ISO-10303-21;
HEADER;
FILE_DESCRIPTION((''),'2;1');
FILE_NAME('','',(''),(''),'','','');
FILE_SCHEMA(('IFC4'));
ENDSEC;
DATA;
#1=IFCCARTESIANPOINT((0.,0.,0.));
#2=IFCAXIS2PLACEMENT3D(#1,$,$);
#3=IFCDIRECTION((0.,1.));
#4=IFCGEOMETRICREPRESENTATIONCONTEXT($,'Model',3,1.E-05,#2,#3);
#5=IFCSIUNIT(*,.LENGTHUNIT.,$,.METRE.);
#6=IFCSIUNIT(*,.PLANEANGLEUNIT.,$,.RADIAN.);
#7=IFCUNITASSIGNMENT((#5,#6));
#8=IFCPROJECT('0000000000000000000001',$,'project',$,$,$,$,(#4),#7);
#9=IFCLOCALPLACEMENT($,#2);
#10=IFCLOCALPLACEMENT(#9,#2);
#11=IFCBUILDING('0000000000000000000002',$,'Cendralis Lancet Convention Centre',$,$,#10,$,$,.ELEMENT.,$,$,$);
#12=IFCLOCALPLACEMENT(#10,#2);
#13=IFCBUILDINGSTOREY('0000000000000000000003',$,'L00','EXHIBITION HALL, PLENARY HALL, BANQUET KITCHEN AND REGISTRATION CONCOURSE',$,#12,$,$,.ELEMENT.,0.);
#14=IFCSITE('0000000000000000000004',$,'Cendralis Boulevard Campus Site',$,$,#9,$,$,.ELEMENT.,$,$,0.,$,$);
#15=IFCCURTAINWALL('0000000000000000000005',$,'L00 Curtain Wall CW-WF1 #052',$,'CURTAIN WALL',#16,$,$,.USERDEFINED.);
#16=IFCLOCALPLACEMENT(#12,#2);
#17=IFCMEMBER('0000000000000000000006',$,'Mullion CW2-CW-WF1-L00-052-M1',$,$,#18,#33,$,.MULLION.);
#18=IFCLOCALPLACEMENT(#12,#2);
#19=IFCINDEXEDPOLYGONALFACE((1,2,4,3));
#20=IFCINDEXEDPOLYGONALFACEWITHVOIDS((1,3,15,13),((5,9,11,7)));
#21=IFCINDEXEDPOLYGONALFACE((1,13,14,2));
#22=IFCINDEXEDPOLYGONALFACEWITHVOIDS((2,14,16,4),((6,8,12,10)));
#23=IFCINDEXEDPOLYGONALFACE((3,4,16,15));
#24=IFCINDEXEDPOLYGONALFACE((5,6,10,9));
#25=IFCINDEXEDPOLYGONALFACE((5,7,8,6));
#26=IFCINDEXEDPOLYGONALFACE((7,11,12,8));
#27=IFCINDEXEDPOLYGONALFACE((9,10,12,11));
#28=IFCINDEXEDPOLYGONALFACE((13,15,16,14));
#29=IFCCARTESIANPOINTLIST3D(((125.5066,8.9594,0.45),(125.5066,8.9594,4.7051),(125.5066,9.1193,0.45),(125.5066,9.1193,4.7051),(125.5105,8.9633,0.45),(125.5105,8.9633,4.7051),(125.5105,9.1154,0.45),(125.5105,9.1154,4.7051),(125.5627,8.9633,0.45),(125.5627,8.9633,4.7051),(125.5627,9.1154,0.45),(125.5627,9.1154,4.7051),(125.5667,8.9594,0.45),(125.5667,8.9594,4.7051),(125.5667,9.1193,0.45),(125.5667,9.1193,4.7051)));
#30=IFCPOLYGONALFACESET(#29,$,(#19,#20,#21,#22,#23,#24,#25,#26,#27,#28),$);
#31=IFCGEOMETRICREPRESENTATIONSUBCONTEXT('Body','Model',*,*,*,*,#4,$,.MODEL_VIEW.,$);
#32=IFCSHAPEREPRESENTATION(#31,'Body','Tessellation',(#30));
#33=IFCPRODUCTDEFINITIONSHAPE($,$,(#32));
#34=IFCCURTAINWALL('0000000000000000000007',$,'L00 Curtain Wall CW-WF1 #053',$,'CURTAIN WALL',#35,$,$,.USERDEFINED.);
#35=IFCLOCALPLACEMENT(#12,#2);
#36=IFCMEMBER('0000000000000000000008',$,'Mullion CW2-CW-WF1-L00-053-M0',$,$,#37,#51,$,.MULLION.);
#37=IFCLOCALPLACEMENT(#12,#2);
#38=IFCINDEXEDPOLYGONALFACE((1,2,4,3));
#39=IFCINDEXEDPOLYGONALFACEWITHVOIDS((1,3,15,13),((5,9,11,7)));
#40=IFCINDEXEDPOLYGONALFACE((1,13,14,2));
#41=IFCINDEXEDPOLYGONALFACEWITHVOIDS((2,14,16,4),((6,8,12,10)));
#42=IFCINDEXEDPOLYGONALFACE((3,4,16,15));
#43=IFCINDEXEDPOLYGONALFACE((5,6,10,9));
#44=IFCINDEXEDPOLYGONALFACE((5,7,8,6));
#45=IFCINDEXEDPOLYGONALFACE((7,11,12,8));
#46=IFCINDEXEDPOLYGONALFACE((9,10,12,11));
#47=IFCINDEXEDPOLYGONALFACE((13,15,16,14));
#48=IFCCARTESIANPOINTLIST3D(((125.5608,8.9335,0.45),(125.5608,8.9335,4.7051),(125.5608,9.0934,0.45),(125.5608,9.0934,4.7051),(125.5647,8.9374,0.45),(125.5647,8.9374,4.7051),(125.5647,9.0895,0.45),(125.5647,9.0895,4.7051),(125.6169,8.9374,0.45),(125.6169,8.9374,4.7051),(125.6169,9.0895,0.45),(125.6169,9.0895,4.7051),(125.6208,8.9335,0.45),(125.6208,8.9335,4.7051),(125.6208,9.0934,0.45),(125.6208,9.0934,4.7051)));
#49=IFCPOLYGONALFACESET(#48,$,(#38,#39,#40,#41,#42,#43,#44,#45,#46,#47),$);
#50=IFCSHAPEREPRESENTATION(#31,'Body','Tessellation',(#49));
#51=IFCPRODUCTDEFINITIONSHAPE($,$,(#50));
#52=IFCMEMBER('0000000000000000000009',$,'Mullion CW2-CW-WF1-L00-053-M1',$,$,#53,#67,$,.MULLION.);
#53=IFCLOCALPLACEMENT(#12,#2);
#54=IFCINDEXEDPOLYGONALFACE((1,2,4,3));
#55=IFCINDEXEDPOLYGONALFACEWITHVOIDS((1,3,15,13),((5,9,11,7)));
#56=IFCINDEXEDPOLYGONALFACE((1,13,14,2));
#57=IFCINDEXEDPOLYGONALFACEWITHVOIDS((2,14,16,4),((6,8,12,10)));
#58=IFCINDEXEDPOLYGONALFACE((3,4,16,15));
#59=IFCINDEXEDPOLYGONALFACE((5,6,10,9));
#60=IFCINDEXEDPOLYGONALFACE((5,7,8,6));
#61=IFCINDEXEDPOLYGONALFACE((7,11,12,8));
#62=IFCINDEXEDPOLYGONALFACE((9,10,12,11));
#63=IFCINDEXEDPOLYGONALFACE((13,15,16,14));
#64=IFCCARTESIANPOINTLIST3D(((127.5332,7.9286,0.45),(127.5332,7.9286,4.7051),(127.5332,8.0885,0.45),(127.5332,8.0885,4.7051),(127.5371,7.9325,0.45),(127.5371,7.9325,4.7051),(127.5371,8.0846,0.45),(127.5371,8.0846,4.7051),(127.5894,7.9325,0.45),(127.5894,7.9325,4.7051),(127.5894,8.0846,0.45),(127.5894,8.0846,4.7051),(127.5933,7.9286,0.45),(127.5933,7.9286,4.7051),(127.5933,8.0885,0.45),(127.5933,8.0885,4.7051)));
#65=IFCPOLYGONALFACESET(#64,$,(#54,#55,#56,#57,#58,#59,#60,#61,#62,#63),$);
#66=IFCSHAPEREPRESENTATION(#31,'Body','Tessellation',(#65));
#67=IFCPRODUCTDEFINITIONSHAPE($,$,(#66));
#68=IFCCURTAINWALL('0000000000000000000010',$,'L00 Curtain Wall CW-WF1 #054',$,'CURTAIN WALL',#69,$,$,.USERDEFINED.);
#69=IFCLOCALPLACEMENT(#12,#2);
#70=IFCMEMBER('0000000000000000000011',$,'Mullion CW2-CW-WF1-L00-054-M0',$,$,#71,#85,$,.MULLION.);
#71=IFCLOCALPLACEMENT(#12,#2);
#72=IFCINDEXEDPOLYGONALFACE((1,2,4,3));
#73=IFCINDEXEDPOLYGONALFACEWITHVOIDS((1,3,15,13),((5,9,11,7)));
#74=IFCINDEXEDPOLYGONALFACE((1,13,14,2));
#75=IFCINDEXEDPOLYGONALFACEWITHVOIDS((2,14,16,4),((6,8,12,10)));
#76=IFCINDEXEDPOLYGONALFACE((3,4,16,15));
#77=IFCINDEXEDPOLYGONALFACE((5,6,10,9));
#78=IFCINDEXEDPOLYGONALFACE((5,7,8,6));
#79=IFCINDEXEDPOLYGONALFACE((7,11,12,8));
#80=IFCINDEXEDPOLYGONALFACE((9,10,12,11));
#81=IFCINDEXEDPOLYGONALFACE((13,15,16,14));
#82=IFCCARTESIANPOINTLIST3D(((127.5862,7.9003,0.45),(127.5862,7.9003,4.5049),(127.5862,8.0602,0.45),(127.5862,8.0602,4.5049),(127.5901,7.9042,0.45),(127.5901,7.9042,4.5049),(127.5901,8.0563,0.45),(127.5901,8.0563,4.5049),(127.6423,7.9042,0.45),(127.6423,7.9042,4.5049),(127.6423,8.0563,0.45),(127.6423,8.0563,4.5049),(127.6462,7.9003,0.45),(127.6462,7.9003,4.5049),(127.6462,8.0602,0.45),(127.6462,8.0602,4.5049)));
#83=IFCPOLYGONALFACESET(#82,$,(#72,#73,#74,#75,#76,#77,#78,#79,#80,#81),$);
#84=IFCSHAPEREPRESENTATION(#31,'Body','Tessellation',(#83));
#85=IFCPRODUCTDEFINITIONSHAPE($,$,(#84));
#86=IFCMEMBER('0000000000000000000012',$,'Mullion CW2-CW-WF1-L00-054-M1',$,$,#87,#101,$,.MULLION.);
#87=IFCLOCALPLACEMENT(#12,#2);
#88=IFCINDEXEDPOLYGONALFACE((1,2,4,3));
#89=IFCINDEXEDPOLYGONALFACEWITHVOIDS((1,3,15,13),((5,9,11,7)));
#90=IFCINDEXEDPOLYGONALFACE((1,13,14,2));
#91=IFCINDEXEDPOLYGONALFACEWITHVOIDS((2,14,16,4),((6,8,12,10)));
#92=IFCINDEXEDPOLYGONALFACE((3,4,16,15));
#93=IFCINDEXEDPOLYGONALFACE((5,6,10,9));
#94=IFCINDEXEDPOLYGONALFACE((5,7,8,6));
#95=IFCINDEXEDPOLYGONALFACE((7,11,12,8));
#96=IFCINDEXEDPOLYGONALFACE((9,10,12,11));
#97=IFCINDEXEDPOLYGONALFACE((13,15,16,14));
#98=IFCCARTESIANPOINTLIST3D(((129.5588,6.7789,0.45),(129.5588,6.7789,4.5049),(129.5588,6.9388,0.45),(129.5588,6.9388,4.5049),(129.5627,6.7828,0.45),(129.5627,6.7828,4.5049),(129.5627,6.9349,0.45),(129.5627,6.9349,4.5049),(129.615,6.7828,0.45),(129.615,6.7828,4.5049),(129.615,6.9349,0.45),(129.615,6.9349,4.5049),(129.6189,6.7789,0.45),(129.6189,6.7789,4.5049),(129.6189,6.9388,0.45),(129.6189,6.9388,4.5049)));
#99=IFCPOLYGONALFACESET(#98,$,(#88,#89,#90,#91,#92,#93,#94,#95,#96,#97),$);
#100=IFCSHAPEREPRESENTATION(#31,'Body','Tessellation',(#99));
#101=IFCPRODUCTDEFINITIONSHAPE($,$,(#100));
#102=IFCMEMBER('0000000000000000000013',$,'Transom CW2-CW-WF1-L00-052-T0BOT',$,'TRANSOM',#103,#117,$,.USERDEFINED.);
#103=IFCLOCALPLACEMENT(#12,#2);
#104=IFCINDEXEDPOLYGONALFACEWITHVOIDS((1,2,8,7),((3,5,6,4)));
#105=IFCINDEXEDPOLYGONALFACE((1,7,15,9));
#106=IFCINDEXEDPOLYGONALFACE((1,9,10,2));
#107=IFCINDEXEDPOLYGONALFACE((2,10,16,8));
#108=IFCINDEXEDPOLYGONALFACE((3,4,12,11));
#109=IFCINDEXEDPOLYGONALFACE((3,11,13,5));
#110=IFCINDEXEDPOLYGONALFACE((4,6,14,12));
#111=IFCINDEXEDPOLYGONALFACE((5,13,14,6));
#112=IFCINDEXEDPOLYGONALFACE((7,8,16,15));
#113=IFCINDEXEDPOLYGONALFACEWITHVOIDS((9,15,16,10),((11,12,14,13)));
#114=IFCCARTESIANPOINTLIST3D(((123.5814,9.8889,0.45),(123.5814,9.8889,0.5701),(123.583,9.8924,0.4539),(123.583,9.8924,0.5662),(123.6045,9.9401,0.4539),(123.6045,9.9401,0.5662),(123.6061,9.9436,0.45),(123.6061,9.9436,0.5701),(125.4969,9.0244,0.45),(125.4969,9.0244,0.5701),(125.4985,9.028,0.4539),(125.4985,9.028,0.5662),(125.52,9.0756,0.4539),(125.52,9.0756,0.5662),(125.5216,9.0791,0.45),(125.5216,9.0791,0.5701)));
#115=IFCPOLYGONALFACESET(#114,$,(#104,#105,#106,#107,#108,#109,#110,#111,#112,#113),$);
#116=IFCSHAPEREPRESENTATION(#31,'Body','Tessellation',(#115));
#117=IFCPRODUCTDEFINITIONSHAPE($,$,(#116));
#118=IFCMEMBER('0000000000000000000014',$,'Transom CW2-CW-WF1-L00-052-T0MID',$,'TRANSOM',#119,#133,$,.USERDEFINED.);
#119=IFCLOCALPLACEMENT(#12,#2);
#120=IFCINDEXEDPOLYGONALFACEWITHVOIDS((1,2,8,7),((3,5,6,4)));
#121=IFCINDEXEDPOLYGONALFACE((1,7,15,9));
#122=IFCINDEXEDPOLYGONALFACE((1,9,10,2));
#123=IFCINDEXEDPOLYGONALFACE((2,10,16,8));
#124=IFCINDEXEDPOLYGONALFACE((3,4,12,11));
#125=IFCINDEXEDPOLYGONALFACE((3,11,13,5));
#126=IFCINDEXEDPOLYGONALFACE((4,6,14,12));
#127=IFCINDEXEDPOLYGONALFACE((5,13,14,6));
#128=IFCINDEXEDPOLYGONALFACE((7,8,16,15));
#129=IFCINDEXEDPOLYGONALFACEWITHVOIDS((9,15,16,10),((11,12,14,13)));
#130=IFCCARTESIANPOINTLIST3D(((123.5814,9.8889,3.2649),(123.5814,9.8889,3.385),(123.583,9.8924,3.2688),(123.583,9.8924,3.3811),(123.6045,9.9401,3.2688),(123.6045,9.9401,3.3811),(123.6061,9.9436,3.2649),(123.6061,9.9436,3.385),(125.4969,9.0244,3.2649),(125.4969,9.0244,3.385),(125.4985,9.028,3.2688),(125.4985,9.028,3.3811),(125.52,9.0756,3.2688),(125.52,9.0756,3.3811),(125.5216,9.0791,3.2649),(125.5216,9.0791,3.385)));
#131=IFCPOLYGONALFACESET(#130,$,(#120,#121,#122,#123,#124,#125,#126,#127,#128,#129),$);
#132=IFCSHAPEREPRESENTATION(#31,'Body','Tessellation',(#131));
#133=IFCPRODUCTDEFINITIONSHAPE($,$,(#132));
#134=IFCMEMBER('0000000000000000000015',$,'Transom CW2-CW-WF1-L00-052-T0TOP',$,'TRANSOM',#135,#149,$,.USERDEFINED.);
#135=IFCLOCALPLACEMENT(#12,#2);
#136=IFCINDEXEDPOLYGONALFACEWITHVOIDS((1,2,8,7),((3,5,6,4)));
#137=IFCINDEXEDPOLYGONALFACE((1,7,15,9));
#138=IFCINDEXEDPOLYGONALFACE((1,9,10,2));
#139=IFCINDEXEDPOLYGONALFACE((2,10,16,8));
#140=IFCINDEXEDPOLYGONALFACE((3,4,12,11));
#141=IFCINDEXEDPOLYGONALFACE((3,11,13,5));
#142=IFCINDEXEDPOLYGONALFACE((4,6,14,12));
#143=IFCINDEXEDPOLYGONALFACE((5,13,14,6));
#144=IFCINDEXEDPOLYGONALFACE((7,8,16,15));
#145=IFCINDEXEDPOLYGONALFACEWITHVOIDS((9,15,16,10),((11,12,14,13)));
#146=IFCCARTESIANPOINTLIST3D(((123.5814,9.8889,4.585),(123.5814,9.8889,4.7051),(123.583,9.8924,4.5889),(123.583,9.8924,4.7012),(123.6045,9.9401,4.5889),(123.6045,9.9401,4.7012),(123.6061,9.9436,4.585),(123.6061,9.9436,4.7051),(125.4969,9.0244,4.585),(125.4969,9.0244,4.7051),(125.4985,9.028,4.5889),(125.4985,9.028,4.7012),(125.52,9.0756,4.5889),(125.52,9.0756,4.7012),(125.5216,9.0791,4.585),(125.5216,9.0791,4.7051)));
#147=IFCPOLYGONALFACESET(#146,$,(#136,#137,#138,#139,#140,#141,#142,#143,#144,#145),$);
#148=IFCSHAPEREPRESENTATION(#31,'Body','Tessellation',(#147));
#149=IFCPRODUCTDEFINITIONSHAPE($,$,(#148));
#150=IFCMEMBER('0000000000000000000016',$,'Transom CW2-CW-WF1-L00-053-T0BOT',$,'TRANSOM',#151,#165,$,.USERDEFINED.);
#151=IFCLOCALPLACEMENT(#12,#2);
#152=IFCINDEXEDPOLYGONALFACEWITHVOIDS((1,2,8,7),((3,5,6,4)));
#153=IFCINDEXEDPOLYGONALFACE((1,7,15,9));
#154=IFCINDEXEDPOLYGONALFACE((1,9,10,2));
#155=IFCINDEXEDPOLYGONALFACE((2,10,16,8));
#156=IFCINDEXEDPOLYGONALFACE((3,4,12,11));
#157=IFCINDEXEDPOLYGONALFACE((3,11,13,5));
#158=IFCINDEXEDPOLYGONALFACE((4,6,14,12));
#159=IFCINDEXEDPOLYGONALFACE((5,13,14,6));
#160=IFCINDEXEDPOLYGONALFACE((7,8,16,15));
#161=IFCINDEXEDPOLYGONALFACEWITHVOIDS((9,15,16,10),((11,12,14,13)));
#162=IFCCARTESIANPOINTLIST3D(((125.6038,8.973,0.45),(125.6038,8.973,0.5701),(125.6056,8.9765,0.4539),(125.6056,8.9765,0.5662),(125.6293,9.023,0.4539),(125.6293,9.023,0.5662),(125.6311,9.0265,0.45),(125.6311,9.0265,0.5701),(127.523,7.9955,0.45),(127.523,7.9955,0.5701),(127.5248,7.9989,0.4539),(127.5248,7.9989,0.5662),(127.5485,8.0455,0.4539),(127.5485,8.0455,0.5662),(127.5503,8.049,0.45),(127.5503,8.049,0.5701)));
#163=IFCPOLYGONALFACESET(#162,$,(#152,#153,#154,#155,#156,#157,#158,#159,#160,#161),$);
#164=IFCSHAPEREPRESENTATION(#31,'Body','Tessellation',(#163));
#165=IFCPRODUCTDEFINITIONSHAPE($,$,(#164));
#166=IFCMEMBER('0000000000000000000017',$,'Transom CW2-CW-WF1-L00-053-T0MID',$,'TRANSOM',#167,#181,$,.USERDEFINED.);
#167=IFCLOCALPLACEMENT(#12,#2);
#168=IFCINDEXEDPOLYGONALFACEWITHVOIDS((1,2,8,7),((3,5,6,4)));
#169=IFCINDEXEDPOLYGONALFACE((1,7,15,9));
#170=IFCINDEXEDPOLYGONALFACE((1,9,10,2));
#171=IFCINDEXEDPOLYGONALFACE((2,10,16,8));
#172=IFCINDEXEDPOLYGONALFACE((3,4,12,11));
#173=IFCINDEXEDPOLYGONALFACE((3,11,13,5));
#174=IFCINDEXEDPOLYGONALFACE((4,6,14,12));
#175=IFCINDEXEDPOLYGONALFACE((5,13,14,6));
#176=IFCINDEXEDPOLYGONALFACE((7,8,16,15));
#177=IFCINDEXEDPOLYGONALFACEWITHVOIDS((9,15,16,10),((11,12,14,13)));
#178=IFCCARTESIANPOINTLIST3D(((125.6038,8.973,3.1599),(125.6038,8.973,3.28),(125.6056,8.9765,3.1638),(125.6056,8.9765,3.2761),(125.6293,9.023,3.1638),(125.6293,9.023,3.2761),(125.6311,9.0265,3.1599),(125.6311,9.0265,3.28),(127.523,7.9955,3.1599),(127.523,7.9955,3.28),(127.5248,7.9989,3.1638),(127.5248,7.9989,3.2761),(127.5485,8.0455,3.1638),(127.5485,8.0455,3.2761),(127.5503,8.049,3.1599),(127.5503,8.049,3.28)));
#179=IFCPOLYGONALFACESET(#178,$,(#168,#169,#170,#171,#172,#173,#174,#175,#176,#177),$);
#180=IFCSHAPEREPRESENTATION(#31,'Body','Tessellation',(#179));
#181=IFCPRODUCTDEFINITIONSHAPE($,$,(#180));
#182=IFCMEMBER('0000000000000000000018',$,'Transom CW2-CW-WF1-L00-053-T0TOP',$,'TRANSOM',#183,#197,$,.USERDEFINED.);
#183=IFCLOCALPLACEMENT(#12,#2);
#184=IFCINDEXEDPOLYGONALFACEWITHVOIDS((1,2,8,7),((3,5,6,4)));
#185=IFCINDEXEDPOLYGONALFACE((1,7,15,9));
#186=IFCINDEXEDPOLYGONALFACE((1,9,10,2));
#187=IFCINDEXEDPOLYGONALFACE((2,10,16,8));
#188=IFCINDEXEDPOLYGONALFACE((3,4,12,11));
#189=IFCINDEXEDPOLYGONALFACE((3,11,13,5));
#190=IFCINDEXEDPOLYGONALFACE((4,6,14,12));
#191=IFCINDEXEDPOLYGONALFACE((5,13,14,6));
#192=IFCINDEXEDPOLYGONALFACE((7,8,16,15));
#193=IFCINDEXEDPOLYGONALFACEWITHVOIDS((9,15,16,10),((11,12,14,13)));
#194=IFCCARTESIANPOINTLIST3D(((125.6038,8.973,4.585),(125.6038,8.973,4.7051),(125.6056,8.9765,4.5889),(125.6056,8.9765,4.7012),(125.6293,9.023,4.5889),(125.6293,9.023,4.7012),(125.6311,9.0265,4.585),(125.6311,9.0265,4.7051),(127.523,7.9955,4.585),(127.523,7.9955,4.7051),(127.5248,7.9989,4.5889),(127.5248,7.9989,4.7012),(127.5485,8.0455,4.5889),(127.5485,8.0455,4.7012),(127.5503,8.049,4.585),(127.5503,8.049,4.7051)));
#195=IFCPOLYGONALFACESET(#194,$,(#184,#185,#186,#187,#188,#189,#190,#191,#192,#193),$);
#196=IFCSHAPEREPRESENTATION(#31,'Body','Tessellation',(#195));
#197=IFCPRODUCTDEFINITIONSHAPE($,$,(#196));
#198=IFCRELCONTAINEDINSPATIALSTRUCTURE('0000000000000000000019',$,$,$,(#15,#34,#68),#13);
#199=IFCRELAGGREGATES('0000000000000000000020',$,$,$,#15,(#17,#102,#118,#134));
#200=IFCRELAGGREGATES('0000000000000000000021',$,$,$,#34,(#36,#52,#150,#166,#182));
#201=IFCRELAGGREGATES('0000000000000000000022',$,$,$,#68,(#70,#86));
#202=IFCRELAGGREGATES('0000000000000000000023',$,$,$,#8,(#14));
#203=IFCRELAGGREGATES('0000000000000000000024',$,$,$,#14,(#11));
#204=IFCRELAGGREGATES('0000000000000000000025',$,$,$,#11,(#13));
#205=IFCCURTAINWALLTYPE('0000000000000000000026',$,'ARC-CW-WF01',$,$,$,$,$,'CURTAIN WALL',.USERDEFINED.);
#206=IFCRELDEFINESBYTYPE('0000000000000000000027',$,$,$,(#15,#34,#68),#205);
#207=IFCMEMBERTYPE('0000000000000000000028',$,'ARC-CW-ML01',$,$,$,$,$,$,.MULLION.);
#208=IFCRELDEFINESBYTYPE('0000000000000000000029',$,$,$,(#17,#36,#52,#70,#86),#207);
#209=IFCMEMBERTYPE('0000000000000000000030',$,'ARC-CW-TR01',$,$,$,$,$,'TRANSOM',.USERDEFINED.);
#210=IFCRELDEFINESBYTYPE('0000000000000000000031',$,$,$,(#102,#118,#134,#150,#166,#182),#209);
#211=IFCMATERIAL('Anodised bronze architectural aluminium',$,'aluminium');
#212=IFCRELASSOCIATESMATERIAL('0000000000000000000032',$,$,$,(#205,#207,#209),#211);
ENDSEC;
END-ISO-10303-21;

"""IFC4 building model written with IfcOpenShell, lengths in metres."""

from ifc_helpers import new_model, si_unit, direction, frame, origin, origin_2d, place, context, subcontext, project, spatial, hollow_rectangle, extrude, material, material_profile, profile_set, type_object, element, aggregate, save


model = new_model("IFC4")

# Units and contexts
model_context = context("Model", 3, precision=1e-05, world=origin(), true_north=direction((0.0, 1.0)))
body_context = subcontext(model_context, "Body", "Model", "MODEL_VIEW")
ifc_project = project(units=[si_unit("LENGTHUNIT", "METRE"), si_unit("PLANEANGLEUNIT", "RADIAN")], contexts=[model_context])

# Site, building, storey
site_placement = place(None, origin())
site = spatial("IfcSite", under=ifc_project, at=site_placement, Name="Cendralis Boulevard Campus Site", CompositionType="ELEMENT", RefElevation=0.0)
building_placement = place(site_placement, origin())
building = spatial("IfcBuilding", under=site, at=building_placement, Name="Cendralis Lancet Convention Centre", CompositionType="ELEMENT")
storey_placement = place(building_placement, origin())
storey = spatial("IfcBuildingStorey", under=building, at=storey_placement, Name="L00", Description="EXHIBITION HALL, PLENARY HALL, BANQUET KITCHEN AND REGISTRATION CONCOURSE", CompositionType="ELEMENT", Elevation=0.0)

# Curtain walls, members
ifc_material_1 = material(Name="Anodised bronze architectural aluminium", Category="aluminium")
curtain_wall_type = type_object("IfcCurtainWallType", Name="ARC-CW-WF01", ElementType="CURTAIN WALL", PredefinedType="USERDEFINED", material=ifc_material_1)
curtain_wall_1_placement = place(storey_placement, origin())
curtain_wall_1 = element("IfcCurtainWall", 1, at=curtain_wall_1_placement, inside=storey, type_object=curtain_wall_type, Name="L00 Curtain Wall CW-WF1 #052", ObjectType="CURTAIN WALL", PredefinedType="USERDEFINED")
ifc_material_profile_1 = material_profile(ifc_material_1, hollow_rectangle(XDim=0.0601, YDim=0.1599, WallThickness=0.0039, at=origin_2d()), Name="AL-MULL 60x160x4.0")
ifc_profile_set_1 = profile_set([ifc_material_profile_1], Name="Anodised bronze architectural aluminium")
member_type_1 = type_object("IfcMemberType", Name="ARC-CW-ML01", PredefinedType="MULLION", material=ifc_profile_set_1)
member_1_placement = place(storey_placement, frame((125.5366, 9.0393, 0.45), z_axis=(0.0, 0.0, 1.0), x_axis=(1.0, 0.0, 0.0)))
member_1 = element("IfcMember", 2, at=member_1_placement, type_object=member_type_1, Name="Mullion CW2-CW-WF1-L00-052-M1", PredefinedType="MULLION", context=body_context, shape_type="SweptSolid", body=[
    extrude(hollow_rectangle(XDim=0.0601, YDim=0.1599, WallThickness=0.0039, at=origin_2d()), origin(), (0.0, 0.0, 1.0), 4.2551),
])
curtain_wall_2_placement = place(storey_placement, origin())
curtain_wall_2 = element("IfcCurtainWall", 3, at=curtain_wall_2_placement, inside=storey, type_object=curtain_wall_type, Name="L00 Curtain Wall CW-WF1 #053", ObjectType="CURTAIN WALL", PredefinedType="USERDEFINED")
member_2_placement = place(storey_placement, frame((125.5908, 9.0134, 0.45), z_axis=(0.0, 0.0, 1.0), x_axis=(1.0, 0.0, 0.0)))
member_2 = element("IfcMember", 4, at=member_2_placement, type_object=member_type_1, Name="Mullion CW2-CW-WF1-L00-053-M0", PredefinedType="MULLION", context=body_context, shape_type="SweptSolid", body=[
    extrude(hollow_rectangle(XDim=0.0601, YDim=0.1599, WallThickness=0.0039, at=origin_2d()), origin(), (0.0, 0.0, 1.0), 4.2551),
])
member_3_placement = place(storey_placement, frame((127.5632, 8.0085, 0.45), z_axis=(0.0, 0.0, 1.0), x_axis=(1.0, 0.0, 0.0)))
member_3 = element("IfcMember", 5, at=member_3_placement, type_object=member_type_1, Name="Mullion CW2-CW-WF1-L00-053-M1", PredefinedType="MULLION", context=body_context, shape_type="SweptSolid", body=[
    extrude(hollow_rectangle(XDim=0.0601, YDim=0.1599, WallThickness=0.0039, at=origin_2d()), origin(), (0.0, 0.0, 1.0), 4.2551),
])
curtain_wall_3_placement = place(storey_placement, origin())
curtain_wall_3 = element("IfcCurtainWall", 6, at=curtain_wall_3_placement, inside=storey, type_object=curtain_wall_type, Name="L00 Curtain Wall CW-WF1 #054", ObjectType="CURTAIN WALL", PredefinedType="USERDEFINED")
member_4_placement = place(storey_placement, frame((127.6162, 7.9802, 0.45), z_axis=(0.0, 0.0, 1.0), x_axis=(1.0, 0.0, 0.0)))
member_4 = element("IfcMember", 7, at=member_4_placement, type_object=member_type_1, Name="Mullion CW2-CW-WF1-L00-054-M0", PredefinedType="MULLION", context=body_context, shape_type="SweptSolid", body=[
    extrude(hollow_rectangle(XDim=0.0601, YDim=0.1599, WallThickness=0.0039, at=origin_2d()), origin(), (0.0, 0.0, 1.0), 4.0549),
])
member_5_placement = place(storey_placement, frame((129.5889, 6.8589, 0.45), z_axis=(0.0, 0.0, 1.0), x_axis=(1.0, 0.0, 0.0)))
member_5 = element("IfcMember", 8, at=member_5_placement, type_object=member_type_1, Name="Mullion CW2-CW-WF1-L00-054-M1", PredefinedType="MULLION", context=body_context, shape_type="SweptSolid", body=[
    extrude(hollow_rectangle(XDim=0.0601, YDim=0.1599, WallThickness=0.0039, at=origin_2d()), origin(), (0.0, 0.0, 1.0), 4.0549),
])

# Members
ifc_material_profile_2 = material_profile(ifc_material_1, hollow_rectangle(XDim=0.0601, YDim=0.1201, WallThickness=0.0039, at=origin_2d()), Name="AL-TRAN 60x120x4.0")
ifc_profile_set_2 = profile_set([ifc_material_profile_2], Name="Anodised bronze architectural aluminium")
member_type_2 = type_object("IfcMemberType", Name="ARC-CW-TR01", ElementType="TRANSOM", PredefinedType="USERDEFINED", material=ifc_profile_set_2)
member_6_placement = place(storey_placement, frame((123.5938, 9.9163, 0.51), z_axis=(0.911473, -0.411359, 0.0), x_axis=(0.411359, 0.911473, 0.0)))
member_6 = element("IfcMember", 9, at=member_6_placement, type_object=member_type_2, Name="Transom CW2-CW-WF1-L00-052-T0BOT", ObjectType="TRANSOM", PredefinedType="USERDEFINED", context=body_context, shape_type="SweptSolid", body=[
    extrude(hollow_rectangle(XDim=0.0601, YDim=0.1201, WallThickness=0.0039, at=origin_2d()), origin(), (0.0, 0.0, 1.0), 2.1016),
])
member_7_placement = place(storey_placement, frame((123.5938, 9.9163, 3.325), z_axis=(0.911473, -0.411359, 0.0), x_axis=(0.411359, 0.911473, 0.0)))
member_7 = element("IfcMember", 10, at=member_7_placement, type_object=member_type_2, Name="Transom CW2-CW-WF1-L00-052-T0MID", ObjectType="TRANSOM", PredefinedType="USERDEFINED", context=body_context, shape_type="SweptSolid", body=[
    extrude(hollow_rectangle(XDim=0.0601, YDim=0.1201, WallThickness=0.0039, at=origin_2d()), origin(), (0.0, 0.0, 1.0), 2.1016),
])
member_8_placement = place(storey_placement, frame((123.5938, 9.9163, 4.645), z_axis=(0.911473, -0.411359, 0.0), x_axis=(0.411359, 0.911473, 0.0)))
member_8 = element("IfcMember", 11, at=member_8_placement, type_object=member_type_2, Name="Transom CW2-CW-WF1-L00-052-T0TOP", ObjectType="TRANSOM", PredefinedType="USERDEFINED", context=body_context, shape_type="SweptSolid", body=[
    extrude(hollow_rectangle(XDim=0.0601, YDim=0.1201, WallThickness=0.0039, at=origin_2d()), origin(), (0.0, 0.0, 1.0), 2.1016),
])
member_9_placement = place(storey_placement, frame((125.6174, 8.9998, 0.51), z_axis=(0.89107, -0.453866, 0.0), x_axis=(0.453866, 0.89107, 0.0)))
member_9 = element("IfcMember", 12, at=member_9_placement, type_object=member_type_2, Name="Transom CW2-CW-WF1-L00-053-T0BOT", ObjectType="TRANSOM", PredefinedType="USERDEFINED", context=body_context, shape_type="SweptSolid", body=[
    extrude(hollow_rectangle(XDim=0.0601, YDim=0.1201, WallThickness=0.0039, at=origin_2d()), origin(), (0.0, 0.0, 1.0), 2.1538),
])
member_10_placement = place(storey_placement, frame((125.6174, 8.9998, 3.22), z_axis=(0.89107, -0.453866, 0.0), x_axis=(0.453866, 0.89107, 0.0)))
member_10 = element("IfcMember", 13, at=member_10_placement, type_object=member_type_2, Name="Transom CW2-CW-WF1-L00-053-T0MID", ObjectType="TRANSOM", PredefinedType="USERDEFINED", context=body_context, shape_type="SweptSolid", body=[
    extrude(hollow_rectangle(XDim=0.0601, YDim=0.1201, WallThickness=0.0039, at=origin_2d()), origin(), (0.0, 0.0, 1.0), 2.1538),
])
member_11_placement = place(storey_placement, frame((125.6174, 8.9998, 4.645), z_axis=(0.89107, -0.453866, 0.0), x_axis=(0.453866, 0.89107, 0.0)))
member_11 = element("IfcMember", 14, at=member_11_placement, type_object=member_type_2, Name="Transom CW2-CW-WF1-L00-053-T0TOP", ObjectType="TRANSOM", PredefinedType="USERDEFINED", context=body_context, shape_type="SweptSolid", body=[
    extrude(hollow_rectangle(XDim=0.0601, YDim=0.1201, WallThickness=0.0039, at=origin_2d()), origin(), (0.0, 0.0, 1.0), 2.1538),
])

aggregate(curtain_wall_1, [member_1, member_6, member_7, member_8])
aggregate(curtain_wall_2, [member_2, member_3, member_9, member_10, member_11])
aggregate(curtain_wall_3, [member_4, member_5])

save(model, "model.ifc")
